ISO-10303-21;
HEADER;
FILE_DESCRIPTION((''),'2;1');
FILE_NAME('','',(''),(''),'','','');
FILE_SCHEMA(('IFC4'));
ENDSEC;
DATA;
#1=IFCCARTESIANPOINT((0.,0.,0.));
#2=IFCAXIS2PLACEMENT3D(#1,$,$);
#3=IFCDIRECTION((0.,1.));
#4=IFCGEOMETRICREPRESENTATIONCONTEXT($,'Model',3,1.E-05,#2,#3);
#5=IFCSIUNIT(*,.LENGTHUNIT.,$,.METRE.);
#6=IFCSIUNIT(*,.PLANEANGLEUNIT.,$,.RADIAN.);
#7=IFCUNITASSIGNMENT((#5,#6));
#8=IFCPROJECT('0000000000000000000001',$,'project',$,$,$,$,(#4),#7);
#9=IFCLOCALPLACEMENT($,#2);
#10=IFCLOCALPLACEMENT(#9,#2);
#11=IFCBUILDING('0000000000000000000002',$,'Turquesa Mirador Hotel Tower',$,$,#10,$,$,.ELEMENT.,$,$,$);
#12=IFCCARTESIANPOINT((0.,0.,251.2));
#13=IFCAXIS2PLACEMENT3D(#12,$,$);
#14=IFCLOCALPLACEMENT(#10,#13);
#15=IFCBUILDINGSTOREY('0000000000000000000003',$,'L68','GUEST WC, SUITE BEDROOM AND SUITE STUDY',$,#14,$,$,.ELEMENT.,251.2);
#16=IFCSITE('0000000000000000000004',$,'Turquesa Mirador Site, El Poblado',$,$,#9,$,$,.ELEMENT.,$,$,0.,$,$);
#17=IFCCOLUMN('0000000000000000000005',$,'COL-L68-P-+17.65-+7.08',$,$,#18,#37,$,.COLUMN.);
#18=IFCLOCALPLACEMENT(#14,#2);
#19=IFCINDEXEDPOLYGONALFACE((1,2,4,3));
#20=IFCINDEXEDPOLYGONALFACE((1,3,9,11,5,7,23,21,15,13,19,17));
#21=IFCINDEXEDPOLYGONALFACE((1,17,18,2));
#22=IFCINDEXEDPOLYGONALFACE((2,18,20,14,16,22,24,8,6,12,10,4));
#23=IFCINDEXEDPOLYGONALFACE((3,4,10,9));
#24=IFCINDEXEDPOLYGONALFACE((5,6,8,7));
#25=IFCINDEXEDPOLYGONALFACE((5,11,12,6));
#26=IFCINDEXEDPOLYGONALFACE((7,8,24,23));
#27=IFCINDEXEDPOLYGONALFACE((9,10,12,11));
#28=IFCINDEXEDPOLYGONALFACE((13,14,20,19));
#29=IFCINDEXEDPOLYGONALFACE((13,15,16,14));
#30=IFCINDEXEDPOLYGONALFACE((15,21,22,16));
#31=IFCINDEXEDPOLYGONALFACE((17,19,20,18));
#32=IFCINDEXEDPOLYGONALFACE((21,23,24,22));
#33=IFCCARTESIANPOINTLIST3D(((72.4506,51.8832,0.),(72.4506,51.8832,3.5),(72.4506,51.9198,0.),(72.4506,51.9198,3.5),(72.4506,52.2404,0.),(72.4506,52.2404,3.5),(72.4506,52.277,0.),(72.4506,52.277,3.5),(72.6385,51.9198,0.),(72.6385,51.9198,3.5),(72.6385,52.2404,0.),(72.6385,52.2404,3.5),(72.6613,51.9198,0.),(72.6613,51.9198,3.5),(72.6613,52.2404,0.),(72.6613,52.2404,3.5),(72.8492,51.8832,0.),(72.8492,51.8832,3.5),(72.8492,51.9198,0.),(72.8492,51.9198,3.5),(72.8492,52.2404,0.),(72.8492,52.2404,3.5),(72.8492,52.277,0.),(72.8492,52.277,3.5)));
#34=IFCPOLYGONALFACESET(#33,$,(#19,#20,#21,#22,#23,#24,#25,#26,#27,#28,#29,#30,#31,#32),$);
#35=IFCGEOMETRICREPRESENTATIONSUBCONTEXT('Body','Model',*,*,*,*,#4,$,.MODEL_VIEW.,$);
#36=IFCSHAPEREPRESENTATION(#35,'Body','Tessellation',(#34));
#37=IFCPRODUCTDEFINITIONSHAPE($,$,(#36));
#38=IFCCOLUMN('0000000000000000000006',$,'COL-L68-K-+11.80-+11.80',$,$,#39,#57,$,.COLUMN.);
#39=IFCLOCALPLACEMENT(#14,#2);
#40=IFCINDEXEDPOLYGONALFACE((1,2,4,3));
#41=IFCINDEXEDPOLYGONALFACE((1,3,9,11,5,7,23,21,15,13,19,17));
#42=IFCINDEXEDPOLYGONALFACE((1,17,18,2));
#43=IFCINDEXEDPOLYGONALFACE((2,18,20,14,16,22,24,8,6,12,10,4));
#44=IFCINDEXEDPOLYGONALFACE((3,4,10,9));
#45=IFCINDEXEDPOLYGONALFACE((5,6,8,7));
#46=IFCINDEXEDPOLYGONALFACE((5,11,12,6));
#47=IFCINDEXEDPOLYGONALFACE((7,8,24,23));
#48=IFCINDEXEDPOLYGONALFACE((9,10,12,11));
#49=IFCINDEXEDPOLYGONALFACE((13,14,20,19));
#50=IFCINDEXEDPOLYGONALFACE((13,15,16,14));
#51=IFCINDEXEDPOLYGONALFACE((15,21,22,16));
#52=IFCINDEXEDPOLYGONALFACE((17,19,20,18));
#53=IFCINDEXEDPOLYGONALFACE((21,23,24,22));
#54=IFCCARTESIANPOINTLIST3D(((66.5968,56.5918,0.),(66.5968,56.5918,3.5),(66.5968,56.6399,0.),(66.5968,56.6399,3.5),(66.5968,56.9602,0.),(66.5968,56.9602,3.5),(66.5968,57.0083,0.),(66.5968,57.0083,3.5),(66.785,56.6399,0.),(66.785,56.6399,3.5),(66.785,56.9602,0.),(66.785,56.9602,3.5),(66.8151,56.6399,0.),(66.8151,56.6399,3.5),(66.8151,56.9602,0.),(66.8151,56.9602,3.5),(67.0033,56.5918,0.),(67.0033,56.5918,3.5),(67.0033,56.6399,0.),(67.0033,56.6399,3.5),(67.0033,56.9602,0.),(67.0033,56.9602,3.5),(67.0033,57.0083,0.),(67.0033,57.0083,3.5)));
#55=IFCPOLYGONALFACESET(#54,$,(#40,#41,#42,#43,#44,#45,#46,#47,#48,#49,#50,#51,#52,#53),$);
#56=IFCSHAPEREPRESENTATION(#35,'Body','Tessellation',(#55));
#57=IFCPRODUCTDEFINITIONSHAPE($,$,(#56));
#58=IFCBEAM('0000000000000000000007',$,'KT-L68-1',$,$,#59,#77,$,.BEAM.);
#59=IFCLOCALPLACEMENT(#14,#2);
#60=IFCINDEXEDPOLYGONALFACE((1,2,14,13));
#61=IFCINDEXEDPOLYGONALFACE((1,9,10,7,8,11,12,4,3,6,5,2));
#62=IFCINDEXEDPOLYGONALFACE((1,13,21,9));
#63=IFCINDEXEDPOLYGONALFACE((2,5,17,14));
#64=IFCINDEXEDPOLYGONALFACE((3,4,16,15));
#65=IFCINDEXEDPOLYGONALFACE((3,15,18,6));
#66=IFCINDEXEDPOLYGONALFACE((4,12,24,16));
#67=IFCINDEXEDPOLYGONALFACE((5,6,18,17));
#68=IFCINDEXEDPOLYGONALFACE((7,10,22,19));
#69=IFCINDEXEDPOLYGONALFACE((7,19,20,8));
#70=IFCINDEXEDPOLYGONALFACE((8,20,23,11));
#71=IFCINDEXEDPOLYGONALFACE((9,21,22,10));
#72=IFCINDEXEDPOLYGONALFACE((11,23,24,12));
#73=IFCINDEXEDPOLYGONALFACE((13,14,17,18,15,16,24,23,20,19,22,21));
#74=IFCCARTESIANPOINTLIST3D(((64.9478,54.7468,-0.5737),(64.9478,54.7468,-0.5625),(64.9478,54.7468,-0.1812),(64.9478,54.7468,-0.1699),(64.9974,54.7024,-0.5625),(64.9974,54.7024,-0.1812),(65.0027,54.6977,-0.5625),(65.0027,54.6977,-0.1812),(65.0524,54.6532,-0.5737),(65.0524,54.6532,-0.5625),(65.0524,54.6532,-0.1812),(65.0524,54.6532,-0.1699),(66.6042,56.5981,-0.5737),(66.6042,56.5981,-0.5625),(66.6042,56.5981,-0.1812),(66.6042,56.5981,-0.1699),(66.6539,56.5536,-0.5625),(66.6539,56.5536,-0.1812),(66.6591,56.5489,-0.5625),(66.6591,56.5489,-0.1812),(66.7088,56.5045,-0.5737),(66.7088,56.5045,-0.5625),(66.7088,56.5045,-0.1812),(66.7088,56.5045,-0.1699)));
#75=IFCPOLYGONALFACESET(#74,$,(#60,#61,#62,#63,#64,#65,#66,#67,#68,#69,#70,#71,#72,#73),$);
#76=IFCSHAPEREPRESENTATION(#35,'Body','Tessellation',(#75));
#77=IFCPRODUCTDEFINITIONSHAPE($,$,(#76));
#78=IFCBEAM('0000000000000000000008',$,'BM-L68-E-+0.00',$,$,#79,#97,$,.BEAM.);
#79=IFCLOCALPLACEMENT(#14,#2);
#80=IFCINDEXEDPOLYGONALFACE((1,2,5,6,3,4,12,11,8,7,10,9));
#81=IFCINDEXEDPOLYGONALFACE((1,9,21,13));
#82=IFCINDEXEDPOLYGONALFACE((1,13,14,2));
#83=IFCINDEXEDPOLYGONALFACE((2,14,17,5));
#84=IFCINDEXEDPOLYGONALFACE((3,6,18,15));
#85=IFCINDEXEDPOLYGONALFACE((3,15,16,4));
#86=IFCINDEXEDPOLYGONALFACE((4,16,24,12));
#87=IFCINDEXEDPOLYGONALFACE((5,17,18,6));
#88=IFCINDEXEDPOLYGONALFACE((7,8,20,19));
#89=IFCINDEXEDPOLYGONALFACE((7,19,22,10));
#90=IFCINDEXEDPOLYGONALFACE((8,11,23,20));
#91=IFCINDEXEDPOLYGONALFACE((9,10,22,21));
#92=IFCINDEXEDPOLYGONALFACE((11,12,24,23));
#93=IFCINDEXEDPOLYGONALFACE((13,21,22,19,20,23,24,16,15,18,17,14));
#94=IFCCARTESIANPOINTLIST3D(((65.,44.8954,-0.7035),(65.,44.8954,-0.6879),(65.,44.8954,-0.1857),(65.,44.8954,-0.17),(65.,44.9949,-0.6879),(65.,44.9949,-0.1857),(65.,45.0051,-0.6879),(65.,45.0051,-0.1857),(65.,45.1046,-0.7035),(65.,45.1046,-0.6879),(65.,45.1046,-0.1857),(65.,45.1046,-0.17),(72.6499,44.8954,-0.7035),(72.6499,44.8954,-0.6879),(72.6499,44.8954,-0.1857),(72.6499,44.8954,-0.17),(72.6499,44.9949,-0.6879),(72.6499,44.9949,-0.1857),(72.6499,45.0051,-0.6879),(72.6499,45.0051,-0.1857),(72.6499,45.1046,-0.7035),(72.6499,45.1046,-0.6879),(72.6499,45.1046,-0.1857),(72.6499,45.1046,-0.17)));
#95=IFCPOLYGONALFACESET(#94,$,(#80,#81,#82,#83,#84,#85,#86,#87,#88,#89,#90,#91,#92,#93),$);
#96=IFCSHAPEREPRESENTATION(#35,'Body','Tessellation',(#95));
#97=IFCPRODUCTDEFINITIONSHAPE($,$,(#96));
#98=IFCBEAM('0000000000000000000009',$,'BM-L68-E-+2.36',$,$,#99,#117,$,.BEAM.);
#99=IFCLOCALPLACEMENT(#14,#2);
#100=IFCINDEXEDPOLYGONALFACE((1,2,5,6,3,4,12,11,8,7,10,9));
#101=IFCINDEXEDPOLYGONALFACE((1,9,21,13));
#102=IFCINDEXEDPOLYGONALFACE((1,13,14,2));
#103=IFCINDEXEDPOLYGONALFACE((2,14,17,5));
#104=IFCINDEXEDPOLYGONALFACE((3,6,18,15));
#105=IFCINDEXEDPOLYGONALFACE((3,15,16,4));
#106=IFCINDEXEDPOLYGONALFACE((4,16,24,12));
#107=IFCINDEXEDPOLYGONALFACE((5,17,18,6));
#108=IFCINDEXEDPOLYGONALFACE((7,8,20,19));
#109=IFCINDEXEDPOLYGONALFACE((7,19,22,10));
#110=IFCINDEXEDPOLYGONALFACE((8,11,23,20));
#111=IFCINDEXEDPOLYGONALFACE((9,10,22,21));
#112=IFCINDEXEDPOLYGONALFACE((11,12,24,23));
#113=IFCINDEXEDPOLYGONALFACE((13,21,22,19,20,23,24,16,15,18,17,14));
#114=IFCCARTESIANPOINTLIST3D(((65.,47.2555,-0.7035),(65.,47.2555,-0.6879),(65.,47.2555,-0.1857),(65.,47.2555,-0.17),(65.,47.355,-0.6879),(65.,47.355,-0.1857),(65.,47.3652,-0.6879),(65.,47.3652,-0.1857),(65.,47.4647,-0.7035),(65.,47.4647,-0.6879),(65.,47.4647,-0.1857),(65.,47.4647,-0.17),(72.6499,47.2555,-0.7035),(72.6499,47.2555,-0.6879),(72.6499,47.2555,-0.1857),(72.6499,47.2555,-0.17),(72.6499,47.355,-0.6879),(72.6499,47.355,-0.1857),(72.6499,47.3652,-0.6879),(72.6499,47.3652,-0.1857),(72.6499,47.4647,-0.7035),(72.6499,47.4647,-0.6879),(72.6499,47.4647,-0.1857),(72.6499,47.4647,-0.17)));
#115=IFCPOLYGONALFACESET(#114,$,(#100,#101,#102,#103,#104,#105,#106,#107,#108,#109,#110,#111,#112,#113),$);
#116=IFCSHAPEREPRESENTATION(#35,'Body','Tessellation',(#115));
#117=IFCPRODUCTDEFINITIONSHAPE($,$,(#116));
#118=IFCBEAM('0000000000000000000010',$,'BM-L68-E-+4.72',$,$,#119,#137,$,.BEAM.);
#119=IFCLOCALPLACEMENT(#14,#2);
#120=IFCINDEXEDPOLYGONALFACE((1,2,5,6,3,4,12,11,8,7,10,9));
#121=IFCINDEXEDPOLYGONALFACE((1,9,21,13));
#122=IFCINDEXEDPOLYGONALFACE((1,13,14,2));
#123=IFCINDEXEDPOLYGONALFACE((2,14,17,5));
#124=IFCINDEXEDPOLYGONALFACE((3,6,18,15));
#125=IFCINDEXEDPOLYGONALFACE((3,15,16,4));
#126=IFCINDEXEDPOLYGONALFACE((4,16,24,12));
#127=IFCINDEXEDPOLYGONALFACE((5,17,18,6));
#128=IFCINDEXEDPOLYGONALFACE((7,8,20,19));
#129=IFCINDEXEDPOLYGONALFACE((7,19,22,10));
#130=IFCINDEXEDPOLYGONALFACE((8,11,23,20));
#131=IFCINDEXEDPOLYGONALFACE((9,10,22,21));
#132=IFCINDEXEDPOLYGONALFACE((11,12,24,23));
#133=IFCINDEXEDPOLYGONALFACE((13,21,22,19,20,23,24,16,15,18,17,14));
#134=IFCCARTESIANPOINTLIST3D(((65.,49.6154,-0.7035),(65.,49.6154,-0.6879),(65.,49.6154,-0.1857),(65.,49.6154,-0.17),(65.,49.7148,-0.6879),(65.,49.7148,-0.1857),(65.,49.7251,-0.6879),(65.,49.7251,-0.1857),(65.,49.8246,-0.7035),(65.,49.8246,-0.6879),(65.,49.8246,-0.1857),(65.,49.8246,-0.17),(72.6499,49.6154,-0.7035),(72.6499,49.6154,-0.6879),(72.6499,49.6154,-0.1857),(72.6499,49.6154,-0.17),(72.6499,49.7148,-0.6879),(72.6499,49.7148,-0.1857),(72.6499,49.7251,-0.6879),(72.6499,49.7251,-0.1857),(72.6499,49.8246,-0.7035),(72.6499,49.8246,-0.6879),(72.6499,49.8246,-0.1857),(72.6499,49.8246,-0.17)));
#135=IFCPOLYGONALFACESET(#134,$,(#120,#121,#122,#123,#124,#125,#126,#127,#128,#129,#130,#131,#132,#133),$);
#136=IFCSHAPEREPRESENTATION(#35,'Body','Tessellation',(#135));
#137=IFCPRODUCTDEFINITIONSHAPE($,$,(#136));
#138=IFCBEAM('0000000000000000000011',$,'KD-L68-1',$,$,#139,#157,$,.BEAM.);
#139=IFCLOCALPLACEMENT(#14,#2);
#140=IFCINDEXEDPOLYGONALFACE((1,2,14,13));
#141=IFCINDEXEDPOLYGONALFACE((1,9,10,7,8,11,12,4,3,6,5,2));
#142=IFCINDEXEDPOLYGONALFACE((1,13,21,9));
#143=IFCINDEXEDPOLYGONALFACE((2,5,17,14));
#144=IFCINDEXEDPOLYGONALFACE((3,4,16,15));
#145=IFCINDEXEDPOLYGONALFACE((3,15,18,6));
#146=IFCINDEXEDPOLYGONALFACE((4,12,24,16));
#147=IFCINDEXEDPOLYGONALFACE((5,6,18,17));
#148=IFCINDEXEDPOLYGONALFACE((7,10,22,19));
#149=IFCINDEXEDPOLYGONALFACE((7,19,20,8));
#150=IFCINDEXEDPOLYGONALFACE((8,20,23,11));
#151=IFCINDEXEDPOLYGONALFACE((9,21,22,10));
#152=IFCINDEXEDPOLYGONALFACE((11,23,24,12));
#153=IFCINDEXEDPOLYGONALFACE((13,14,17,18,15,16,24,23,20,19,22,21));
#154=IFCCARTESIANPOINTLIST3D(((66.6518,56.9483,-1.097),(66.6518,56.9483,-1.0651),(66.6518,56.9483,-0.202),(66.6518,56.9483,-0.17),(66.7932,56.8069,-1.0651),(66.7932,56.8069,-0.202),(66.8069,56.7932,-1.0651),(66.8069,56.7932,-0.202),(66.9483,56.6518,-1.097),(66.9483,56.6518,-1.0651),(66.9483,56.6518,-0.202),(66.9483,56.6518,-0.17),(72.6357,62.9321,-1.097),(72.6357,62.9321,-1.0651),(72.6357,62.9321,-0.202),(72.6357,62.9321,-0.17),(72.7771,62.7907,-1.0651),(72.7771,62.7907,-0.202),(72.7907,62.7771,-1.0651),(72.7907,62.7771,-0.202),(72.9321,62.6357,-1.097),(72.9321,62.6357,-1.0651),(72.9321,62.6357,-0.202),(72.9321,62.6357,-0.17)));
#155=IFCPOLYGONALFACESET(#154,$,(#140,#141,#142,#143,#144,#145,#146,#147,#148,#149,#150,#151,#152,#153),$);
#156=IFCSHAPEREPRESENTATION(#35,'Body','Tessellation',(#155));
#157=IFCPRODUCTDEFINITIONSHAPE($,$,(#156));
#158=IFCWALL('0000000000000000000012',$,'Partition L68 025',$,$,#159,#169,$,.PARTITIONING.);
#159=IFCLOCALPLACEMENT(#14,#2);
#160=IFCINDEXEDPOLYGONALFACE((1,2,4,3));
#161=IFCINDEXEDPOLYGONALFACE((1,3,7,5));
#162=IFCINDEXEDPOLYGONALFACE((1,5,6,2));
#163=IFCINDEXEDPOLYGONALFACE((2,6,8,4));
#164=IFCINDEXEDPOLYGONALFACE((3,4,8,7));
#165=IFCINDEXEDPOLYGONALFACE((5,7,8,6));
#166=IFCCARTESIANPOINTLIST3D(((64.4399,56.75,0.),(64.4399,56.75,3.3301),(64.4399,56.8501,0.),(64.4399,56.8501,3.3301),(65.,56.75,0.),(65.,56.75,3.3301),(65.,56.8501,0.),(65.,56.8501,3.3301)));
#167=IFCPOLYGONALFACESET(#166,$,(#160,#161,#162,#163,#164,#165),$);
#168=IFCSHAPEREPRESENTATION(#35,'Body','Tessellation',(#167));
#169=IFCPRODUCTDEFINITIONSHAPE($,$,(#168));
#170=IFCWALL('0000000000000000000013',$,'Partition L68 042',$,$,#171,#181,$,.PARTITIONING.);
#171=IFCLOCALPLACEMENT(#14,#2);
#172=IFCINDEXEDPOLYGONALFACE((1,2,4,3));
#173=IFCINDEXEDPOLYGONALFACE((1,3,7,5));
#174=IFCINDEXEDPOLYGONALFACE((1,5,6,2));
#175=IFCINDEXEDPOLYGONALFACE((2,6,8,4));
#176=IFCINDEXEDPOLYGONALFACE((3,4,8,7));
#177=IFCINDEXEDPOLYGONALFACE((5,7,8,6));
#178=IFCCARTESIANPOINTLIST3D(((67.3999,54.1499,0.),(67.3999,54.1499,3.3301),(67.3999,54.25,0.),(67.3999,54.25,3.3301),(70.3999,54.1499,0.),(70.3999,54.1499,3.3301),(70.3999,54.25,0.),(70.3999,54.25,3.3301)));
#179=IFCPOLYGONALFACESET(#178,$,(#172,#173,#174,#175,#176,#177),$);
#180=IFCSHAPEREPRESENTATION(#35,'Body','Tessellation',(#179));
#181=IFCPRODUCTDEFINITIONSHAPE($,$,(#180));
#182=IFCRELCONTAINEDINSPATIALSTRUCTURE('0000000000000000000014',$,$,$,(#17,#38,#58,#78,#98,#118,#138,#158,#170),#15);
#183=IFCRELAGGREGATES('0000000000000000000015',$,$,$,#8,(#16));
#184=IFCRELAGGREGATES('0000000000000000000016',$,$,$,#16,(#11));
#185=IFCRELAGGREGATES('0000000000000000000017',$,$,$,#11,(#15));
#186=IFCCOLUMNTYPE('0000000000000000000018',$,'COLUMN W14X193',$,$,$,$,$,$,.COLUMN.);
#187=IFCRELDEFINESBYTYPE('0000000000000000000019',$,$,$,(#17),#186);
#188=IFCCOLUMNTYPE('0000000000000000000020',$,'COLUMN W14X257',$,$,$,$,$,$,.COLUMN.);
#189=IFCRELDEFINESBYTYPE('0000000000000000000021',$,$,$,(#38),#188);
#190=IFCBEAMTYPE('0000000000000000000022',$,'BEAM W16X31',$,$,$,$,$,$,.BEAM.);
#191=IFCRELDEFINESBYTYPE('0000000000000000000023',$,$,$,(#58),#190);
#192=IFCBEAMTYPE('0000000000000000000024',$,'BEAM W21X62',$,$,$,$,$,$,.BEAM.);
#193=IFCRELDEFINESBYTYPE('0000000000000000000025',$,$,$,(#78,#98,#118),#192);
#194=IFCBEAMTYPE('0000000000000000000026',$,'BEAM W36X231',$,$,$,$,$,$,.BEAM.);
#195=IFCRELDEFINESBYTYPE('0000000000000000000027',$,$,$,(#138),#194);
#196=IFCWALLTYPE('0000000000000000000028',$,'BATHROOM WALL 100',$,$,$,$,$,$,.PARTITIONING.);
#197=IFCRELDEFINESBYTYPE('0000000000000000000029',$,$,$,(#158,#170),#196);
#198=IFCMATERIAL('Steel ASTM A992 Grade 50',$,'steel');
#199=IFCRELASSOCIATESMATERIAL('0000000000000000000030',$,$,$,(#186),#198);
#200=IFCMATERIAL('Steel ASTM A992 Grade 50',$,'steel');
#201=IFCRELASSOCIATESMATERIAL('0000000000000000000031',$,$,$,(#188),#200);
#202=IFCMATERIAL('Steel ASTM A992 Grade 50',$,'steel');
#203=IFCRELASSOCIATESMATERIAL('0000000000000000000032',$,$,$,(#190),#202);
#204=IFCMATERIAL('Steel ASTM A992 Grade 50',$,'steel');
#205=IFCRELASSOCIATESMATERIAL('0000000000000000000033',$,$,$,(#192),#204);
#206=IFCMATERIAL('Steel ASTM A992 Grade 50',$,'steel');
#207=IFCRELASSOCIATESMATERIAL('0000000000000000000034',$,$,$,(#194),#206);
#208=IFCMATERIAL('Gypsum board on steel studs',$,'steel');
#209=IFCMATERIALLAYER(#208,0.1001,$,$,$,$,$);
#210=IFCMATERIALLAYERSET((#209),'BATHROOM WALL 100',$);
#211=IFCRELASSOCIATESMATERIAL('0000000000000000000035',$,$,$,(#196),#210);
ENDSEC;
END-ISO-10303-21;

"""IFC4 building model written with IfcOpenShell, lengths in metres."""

from ifc_helpers import new_model, si_unit, direction, frame, frame_2d, origin, origin_2d, place, context, subcontext, project, spatial, rectangle, i_section, extrude, material, layer, layer_set, material_profile, profile_set, type_object, element, save


model = new_model("IFC4")

# Units and contexts
model_context = context("Model", 3, precision=1e-05, world=origin(), true_north=direction((0.0, 1.0)))
body_context = subcontext(model_context, "Body", "Model", "MODEL_VIEW")
ifc_project = project(units=[si_unit("LENGTHUNIT", "METRE"), si_unit("PLANEANGLEUNIT", "RADIAN")], contexts=[model_context])

# Site, building, storey
site_placement = place(None, origin())
site = spatial("IfcSite", under=ifc_project, at=site_placement, Name="Turquesa Mirador Site, El Poblado", CompositionType="ELEMENT", RefElevation=0.0)
building_placement = place(site_placement, origin())
building = spatial("IfcBuilding", under=site, at=building_placement, Name="Turquesa Mirador Hotel Tower", CompositionType="ELEMENT")
storey_placement = place(building_placement, frame((0.0, 0.0, 251.2)))
storey = spatial("IfcBuildingStorey", under=building, at=storey_placement, Name="L68", Description="GUEST WC, SUITE BEDROOM AND SUITE STUDY", CompositionType="ELEMENT", Elevation=251.2)

# Columns
ifc_material_1 = material(Name="Steel ASTM A992 Grade 50", Category="steel")
ifc_material_profile_1 = material_profile(ifc_material_1, i_section(OverallWidth=0.3987, OverallDepth=0.3938, WebThickness=0.0227, FlangeThickness=0.0366, at=origin_2d()), Name="W14X193")
ifc_profile_set_1 = profile_set([ifc_material_profile_1], Name="Steel ASTM A992 Grade 50")
column_type_1 = type_object("IfcColumnType", Name="COLUMN W14X193", PredefinedType="COLUMN", material=ifc_profile_set_1)
column_1_placement = place(storey_placement, frame((72.6499, 52.0801, 0.0), z_axis=(0.0, 0.0, 1.0), x_axis=(1.0, 0.0, 0.0)))
element("IfcColumn", 1, at=column_1_placement, inside=storey, type_object=column_type_1, Name="COL-L68-P-+17.65-+7.08", PredefinedType="COLUMN", context=body_context, shape_type="SweptSolid", body=[
    extrude(i_section(OverallWidth=0.3987, OverallDepth=0.3938, WebThickness=0.0227, FlangeThickness=0.0366, at=origin_2d()), origin(), (0.0, 0.0, 1.0), 3.5),
])
ifc_material_2 = material(Name="Steel ASTM A992 Grade 50", Category="steel")
ifc_material_profile_2 = material_profile(ifc_material_2, i_section(OverallWidth=0.4065, OverallDepth=0.4165, WebThickness=0.03, FlangeThickness=0.0481, at=origin_2d()), Name="W14X257")
ifc_profile_set_2 = profile_set([ifc_material_profile_2], Name="Steel ASTM A992 Grade 50")
column_type_2 = type_object("IfcColumnType", Name="COLUMN W14X257", PredefinedType="COLUMN", material=ifc_profile_set_2)
column_2_placement = place(storey_placement, frame((66.8, 56.8, 0.0), z_axis=(0.0, 0.0, 1.0), x_axis=(1.0, 0.0, 0.0)))
element("IfcColumn", 2, at=column_2_placement, inside=storey, type_object=column_type_2, Name="COL-L68-K-+11.80-+11.80", PredefinedType="COLUMN", context=body_context, shape_type="SweptSolid", body=[
    extrude(i_section(OverallWidth=0.4065, OverallDepth=0.4165, WebThickness=0.03, FlangeThickness=0.0481, at=origin_2d()), origin(), (0.0, 0.0, 1.0), 3.5),
])

# Beams
ifc_material_3 = material(Name="Steel ASTM A992 Grade 50", Category="steel")
ifc_material_profile_3 = material_profile(ifc_material_3, i_section(OverallWidth=0.1404, OverallDepth=0.4038, WebThickness=0.0071, FlangeThickness=0.0112, at=origin_2d()), Name="W16X31")
ifc_profile_set_3 = profile_set([ifc_material_profile_3], Name="Steel ASTM A992 Grade 50")
beam_type_1 = type_object("IfcBeamType", Name="BEAM W16X31", PredefinedType="BEAM", material=ifc_profile_set_3)
beam_1_placement = place(storey_placement, frame((66.6565, 56.5513, -0.3718), z_axis=(-0.666806, -0.745231, 0.0), x_axis=(0.745231, -0.666806, 0.0)))
element("IfcBeam", 3, at=beam_1_placement, inside=storey, type_object=beam_type_1, Name="KT-L68-1", PredefinedType="BEAM", context=body_context, shape_type="SweptSolid", body=[
    extrude(i_section(OverallWidth=0.1404, OverallDepth=0.4038, WebThickness=0.0071, FlangeThickness=0.0112, at=origin_2d()), origin(), (0.0, 0.0, 1.0), 2.4841),
])
ifc_material_4 = material(Name="Steel ASTM A992 Grade 50", Category="steel")
ifc_material_profile_4 = material_profile(ifc_material_4, i_section(OverallWidth=0.2092, OverallDepth=0.5334, WebThickness=0.0103, FlangeThickness=0.0156, at=origin_2d()), Name="W21X62")
ifc_profile_set_4 = profile_set([ifc_material_profile_4], Name="Steel ASTM A992 Grade 50")
beam_type_2 = type_object("IfcBeamType", Name="BEAM W21X62", PredefinedType="BEAM", material=ifc_profile_set_4)
for number, where, z_axis, x_axis, name in (
    (4, (72.6499, 45.0, -0.4368), (-1.0, 0.0, 0.0), (0.0, -1.0, 0.0), "BM-L68-E-+0.00"),
    (5, (72.6499, 47.3601, -0.4368), (-1.0, 0.0, 0.0), (0.0, -1.0, 0.0), "BM-L68-E-+2.36"),
    (6, (72.6499, 49.72, -0.4368), (-1.0, 0.0, 0.0), (0.0, -1.0, 0.0), "BM-L68-E-+4.72"),
):
    element("IfcBeam", number, at=place(storey_placement, frame(where, z_axis=z_axis, x_axis=x_axis)), inside=storey, type_object=beam_type_2, Name=name, PredefinedType="BEAM", context=body_context, shape_type="SweptSolid", body=[
        extrude(i_section(OverallWidth=0.2092, OverallDepth=0.5334, WebThickness=0.0103, FlangeThickness=0.0156, at=origin_2d()), origin(), (0.0, 0.0, 1.0), 7.6499),
    ])
ifc_material_5 = material(Name="Steel ASTM A992 Grade 50", Category="steel")
ifc_material_profile_5 = material_profile(ifc_material_5, i_section(OverallWidth=0.4192, OverallDepth=0.927, WebThickness=0.0193, FlangeThickness=0.032, at=origin_2d()), Name="W36X231")
ifc_profile_set_5 = profile_set([ifc_material_profile_5], Name="Steel ASTM A992 Grade 50")
beam_type_3 = type_object("IfcBeamType", Name="BEAM W36X231", PredefinedType="BEAM", material=ifc_profile_set_5)
beam_2_placement = place(storey_placement, frame((66.8, 56.8, -0.6335), z_axis=(0.707107, 0.707107, 0.0), x_axis=(-0.707107, 0.707107, 0.0)))
element("IfcBeam", 7, at=beam_2_placement, inside=storey, type_object=beam_type_3, Name="KD-L68-1", PredefinedType="BEAM", context=body_context, shape_type="SweptSolid", body=[
    extrude(i_section(OverallWidth=0.4192, OverallDepth=0.927, WebThickness=0.0193, FlangeThickness=0.032, at=origin_2d()), origin(), (0.0, 0.0, 1.0), 8.4624),
])

# Walls
ifc_material_6 = material(Name="Gypsum board on steel studs", Category="steel")
ifc_layer_1 = layer(ifc_material_6, 0.1001)
ifc_layer_set_1 = layer_set([ifc_layer_1], Name="BATHROOM WALL 100")
wall_type_1 = type_object("IfcWallType", Name="BATHROOM WALL 100", PredefinedType="PARTITIONING", material=ifc_layer_set_1)
wall_1_placement = place(storey_placement, frame((64.4399, 56.8, 0.0), z_axis=(0.0, 0.0, 1.0), x_axis=(1.0, 0.0, 0.0)))
element("IfcWall", 8, at=wall_1_placement, inside=storey, type_object=wall_type_1, Name="Partition L68 025", PredefinedType="PARTITIONING", context=body_context, shape_type="SweptSolid", body=[
    extrude(rectangle(XDim=0.5601, YDim=0.1001, at=frame_2d((0.28, 0.0))), origin(), (0.0, 0.0, 1.0), 3.3301),
])
wall_2_placement = place(storey_placement, frame((67.3999, 54.2, 0.0), z_axis=(0.0, 0.0, 1.0), x_axis=(1.0, 0.0, 0.0)))
element("IfcWall", 9, at=wall_2_placement, inside=storey, type_object=wall_type_1, Name="Partition L68 042", PredefinedType="PARTITIONING", context=body_context, shape_type="SweptSolid", body=[
    extrude(rectangle(XDim=3.0, YDim=0.1001, at=frame_2d((1.5, 0.0))), origin(), (0.0, 0.0, 1.0), 3.3301),
])

save(model, "model.ifc")
